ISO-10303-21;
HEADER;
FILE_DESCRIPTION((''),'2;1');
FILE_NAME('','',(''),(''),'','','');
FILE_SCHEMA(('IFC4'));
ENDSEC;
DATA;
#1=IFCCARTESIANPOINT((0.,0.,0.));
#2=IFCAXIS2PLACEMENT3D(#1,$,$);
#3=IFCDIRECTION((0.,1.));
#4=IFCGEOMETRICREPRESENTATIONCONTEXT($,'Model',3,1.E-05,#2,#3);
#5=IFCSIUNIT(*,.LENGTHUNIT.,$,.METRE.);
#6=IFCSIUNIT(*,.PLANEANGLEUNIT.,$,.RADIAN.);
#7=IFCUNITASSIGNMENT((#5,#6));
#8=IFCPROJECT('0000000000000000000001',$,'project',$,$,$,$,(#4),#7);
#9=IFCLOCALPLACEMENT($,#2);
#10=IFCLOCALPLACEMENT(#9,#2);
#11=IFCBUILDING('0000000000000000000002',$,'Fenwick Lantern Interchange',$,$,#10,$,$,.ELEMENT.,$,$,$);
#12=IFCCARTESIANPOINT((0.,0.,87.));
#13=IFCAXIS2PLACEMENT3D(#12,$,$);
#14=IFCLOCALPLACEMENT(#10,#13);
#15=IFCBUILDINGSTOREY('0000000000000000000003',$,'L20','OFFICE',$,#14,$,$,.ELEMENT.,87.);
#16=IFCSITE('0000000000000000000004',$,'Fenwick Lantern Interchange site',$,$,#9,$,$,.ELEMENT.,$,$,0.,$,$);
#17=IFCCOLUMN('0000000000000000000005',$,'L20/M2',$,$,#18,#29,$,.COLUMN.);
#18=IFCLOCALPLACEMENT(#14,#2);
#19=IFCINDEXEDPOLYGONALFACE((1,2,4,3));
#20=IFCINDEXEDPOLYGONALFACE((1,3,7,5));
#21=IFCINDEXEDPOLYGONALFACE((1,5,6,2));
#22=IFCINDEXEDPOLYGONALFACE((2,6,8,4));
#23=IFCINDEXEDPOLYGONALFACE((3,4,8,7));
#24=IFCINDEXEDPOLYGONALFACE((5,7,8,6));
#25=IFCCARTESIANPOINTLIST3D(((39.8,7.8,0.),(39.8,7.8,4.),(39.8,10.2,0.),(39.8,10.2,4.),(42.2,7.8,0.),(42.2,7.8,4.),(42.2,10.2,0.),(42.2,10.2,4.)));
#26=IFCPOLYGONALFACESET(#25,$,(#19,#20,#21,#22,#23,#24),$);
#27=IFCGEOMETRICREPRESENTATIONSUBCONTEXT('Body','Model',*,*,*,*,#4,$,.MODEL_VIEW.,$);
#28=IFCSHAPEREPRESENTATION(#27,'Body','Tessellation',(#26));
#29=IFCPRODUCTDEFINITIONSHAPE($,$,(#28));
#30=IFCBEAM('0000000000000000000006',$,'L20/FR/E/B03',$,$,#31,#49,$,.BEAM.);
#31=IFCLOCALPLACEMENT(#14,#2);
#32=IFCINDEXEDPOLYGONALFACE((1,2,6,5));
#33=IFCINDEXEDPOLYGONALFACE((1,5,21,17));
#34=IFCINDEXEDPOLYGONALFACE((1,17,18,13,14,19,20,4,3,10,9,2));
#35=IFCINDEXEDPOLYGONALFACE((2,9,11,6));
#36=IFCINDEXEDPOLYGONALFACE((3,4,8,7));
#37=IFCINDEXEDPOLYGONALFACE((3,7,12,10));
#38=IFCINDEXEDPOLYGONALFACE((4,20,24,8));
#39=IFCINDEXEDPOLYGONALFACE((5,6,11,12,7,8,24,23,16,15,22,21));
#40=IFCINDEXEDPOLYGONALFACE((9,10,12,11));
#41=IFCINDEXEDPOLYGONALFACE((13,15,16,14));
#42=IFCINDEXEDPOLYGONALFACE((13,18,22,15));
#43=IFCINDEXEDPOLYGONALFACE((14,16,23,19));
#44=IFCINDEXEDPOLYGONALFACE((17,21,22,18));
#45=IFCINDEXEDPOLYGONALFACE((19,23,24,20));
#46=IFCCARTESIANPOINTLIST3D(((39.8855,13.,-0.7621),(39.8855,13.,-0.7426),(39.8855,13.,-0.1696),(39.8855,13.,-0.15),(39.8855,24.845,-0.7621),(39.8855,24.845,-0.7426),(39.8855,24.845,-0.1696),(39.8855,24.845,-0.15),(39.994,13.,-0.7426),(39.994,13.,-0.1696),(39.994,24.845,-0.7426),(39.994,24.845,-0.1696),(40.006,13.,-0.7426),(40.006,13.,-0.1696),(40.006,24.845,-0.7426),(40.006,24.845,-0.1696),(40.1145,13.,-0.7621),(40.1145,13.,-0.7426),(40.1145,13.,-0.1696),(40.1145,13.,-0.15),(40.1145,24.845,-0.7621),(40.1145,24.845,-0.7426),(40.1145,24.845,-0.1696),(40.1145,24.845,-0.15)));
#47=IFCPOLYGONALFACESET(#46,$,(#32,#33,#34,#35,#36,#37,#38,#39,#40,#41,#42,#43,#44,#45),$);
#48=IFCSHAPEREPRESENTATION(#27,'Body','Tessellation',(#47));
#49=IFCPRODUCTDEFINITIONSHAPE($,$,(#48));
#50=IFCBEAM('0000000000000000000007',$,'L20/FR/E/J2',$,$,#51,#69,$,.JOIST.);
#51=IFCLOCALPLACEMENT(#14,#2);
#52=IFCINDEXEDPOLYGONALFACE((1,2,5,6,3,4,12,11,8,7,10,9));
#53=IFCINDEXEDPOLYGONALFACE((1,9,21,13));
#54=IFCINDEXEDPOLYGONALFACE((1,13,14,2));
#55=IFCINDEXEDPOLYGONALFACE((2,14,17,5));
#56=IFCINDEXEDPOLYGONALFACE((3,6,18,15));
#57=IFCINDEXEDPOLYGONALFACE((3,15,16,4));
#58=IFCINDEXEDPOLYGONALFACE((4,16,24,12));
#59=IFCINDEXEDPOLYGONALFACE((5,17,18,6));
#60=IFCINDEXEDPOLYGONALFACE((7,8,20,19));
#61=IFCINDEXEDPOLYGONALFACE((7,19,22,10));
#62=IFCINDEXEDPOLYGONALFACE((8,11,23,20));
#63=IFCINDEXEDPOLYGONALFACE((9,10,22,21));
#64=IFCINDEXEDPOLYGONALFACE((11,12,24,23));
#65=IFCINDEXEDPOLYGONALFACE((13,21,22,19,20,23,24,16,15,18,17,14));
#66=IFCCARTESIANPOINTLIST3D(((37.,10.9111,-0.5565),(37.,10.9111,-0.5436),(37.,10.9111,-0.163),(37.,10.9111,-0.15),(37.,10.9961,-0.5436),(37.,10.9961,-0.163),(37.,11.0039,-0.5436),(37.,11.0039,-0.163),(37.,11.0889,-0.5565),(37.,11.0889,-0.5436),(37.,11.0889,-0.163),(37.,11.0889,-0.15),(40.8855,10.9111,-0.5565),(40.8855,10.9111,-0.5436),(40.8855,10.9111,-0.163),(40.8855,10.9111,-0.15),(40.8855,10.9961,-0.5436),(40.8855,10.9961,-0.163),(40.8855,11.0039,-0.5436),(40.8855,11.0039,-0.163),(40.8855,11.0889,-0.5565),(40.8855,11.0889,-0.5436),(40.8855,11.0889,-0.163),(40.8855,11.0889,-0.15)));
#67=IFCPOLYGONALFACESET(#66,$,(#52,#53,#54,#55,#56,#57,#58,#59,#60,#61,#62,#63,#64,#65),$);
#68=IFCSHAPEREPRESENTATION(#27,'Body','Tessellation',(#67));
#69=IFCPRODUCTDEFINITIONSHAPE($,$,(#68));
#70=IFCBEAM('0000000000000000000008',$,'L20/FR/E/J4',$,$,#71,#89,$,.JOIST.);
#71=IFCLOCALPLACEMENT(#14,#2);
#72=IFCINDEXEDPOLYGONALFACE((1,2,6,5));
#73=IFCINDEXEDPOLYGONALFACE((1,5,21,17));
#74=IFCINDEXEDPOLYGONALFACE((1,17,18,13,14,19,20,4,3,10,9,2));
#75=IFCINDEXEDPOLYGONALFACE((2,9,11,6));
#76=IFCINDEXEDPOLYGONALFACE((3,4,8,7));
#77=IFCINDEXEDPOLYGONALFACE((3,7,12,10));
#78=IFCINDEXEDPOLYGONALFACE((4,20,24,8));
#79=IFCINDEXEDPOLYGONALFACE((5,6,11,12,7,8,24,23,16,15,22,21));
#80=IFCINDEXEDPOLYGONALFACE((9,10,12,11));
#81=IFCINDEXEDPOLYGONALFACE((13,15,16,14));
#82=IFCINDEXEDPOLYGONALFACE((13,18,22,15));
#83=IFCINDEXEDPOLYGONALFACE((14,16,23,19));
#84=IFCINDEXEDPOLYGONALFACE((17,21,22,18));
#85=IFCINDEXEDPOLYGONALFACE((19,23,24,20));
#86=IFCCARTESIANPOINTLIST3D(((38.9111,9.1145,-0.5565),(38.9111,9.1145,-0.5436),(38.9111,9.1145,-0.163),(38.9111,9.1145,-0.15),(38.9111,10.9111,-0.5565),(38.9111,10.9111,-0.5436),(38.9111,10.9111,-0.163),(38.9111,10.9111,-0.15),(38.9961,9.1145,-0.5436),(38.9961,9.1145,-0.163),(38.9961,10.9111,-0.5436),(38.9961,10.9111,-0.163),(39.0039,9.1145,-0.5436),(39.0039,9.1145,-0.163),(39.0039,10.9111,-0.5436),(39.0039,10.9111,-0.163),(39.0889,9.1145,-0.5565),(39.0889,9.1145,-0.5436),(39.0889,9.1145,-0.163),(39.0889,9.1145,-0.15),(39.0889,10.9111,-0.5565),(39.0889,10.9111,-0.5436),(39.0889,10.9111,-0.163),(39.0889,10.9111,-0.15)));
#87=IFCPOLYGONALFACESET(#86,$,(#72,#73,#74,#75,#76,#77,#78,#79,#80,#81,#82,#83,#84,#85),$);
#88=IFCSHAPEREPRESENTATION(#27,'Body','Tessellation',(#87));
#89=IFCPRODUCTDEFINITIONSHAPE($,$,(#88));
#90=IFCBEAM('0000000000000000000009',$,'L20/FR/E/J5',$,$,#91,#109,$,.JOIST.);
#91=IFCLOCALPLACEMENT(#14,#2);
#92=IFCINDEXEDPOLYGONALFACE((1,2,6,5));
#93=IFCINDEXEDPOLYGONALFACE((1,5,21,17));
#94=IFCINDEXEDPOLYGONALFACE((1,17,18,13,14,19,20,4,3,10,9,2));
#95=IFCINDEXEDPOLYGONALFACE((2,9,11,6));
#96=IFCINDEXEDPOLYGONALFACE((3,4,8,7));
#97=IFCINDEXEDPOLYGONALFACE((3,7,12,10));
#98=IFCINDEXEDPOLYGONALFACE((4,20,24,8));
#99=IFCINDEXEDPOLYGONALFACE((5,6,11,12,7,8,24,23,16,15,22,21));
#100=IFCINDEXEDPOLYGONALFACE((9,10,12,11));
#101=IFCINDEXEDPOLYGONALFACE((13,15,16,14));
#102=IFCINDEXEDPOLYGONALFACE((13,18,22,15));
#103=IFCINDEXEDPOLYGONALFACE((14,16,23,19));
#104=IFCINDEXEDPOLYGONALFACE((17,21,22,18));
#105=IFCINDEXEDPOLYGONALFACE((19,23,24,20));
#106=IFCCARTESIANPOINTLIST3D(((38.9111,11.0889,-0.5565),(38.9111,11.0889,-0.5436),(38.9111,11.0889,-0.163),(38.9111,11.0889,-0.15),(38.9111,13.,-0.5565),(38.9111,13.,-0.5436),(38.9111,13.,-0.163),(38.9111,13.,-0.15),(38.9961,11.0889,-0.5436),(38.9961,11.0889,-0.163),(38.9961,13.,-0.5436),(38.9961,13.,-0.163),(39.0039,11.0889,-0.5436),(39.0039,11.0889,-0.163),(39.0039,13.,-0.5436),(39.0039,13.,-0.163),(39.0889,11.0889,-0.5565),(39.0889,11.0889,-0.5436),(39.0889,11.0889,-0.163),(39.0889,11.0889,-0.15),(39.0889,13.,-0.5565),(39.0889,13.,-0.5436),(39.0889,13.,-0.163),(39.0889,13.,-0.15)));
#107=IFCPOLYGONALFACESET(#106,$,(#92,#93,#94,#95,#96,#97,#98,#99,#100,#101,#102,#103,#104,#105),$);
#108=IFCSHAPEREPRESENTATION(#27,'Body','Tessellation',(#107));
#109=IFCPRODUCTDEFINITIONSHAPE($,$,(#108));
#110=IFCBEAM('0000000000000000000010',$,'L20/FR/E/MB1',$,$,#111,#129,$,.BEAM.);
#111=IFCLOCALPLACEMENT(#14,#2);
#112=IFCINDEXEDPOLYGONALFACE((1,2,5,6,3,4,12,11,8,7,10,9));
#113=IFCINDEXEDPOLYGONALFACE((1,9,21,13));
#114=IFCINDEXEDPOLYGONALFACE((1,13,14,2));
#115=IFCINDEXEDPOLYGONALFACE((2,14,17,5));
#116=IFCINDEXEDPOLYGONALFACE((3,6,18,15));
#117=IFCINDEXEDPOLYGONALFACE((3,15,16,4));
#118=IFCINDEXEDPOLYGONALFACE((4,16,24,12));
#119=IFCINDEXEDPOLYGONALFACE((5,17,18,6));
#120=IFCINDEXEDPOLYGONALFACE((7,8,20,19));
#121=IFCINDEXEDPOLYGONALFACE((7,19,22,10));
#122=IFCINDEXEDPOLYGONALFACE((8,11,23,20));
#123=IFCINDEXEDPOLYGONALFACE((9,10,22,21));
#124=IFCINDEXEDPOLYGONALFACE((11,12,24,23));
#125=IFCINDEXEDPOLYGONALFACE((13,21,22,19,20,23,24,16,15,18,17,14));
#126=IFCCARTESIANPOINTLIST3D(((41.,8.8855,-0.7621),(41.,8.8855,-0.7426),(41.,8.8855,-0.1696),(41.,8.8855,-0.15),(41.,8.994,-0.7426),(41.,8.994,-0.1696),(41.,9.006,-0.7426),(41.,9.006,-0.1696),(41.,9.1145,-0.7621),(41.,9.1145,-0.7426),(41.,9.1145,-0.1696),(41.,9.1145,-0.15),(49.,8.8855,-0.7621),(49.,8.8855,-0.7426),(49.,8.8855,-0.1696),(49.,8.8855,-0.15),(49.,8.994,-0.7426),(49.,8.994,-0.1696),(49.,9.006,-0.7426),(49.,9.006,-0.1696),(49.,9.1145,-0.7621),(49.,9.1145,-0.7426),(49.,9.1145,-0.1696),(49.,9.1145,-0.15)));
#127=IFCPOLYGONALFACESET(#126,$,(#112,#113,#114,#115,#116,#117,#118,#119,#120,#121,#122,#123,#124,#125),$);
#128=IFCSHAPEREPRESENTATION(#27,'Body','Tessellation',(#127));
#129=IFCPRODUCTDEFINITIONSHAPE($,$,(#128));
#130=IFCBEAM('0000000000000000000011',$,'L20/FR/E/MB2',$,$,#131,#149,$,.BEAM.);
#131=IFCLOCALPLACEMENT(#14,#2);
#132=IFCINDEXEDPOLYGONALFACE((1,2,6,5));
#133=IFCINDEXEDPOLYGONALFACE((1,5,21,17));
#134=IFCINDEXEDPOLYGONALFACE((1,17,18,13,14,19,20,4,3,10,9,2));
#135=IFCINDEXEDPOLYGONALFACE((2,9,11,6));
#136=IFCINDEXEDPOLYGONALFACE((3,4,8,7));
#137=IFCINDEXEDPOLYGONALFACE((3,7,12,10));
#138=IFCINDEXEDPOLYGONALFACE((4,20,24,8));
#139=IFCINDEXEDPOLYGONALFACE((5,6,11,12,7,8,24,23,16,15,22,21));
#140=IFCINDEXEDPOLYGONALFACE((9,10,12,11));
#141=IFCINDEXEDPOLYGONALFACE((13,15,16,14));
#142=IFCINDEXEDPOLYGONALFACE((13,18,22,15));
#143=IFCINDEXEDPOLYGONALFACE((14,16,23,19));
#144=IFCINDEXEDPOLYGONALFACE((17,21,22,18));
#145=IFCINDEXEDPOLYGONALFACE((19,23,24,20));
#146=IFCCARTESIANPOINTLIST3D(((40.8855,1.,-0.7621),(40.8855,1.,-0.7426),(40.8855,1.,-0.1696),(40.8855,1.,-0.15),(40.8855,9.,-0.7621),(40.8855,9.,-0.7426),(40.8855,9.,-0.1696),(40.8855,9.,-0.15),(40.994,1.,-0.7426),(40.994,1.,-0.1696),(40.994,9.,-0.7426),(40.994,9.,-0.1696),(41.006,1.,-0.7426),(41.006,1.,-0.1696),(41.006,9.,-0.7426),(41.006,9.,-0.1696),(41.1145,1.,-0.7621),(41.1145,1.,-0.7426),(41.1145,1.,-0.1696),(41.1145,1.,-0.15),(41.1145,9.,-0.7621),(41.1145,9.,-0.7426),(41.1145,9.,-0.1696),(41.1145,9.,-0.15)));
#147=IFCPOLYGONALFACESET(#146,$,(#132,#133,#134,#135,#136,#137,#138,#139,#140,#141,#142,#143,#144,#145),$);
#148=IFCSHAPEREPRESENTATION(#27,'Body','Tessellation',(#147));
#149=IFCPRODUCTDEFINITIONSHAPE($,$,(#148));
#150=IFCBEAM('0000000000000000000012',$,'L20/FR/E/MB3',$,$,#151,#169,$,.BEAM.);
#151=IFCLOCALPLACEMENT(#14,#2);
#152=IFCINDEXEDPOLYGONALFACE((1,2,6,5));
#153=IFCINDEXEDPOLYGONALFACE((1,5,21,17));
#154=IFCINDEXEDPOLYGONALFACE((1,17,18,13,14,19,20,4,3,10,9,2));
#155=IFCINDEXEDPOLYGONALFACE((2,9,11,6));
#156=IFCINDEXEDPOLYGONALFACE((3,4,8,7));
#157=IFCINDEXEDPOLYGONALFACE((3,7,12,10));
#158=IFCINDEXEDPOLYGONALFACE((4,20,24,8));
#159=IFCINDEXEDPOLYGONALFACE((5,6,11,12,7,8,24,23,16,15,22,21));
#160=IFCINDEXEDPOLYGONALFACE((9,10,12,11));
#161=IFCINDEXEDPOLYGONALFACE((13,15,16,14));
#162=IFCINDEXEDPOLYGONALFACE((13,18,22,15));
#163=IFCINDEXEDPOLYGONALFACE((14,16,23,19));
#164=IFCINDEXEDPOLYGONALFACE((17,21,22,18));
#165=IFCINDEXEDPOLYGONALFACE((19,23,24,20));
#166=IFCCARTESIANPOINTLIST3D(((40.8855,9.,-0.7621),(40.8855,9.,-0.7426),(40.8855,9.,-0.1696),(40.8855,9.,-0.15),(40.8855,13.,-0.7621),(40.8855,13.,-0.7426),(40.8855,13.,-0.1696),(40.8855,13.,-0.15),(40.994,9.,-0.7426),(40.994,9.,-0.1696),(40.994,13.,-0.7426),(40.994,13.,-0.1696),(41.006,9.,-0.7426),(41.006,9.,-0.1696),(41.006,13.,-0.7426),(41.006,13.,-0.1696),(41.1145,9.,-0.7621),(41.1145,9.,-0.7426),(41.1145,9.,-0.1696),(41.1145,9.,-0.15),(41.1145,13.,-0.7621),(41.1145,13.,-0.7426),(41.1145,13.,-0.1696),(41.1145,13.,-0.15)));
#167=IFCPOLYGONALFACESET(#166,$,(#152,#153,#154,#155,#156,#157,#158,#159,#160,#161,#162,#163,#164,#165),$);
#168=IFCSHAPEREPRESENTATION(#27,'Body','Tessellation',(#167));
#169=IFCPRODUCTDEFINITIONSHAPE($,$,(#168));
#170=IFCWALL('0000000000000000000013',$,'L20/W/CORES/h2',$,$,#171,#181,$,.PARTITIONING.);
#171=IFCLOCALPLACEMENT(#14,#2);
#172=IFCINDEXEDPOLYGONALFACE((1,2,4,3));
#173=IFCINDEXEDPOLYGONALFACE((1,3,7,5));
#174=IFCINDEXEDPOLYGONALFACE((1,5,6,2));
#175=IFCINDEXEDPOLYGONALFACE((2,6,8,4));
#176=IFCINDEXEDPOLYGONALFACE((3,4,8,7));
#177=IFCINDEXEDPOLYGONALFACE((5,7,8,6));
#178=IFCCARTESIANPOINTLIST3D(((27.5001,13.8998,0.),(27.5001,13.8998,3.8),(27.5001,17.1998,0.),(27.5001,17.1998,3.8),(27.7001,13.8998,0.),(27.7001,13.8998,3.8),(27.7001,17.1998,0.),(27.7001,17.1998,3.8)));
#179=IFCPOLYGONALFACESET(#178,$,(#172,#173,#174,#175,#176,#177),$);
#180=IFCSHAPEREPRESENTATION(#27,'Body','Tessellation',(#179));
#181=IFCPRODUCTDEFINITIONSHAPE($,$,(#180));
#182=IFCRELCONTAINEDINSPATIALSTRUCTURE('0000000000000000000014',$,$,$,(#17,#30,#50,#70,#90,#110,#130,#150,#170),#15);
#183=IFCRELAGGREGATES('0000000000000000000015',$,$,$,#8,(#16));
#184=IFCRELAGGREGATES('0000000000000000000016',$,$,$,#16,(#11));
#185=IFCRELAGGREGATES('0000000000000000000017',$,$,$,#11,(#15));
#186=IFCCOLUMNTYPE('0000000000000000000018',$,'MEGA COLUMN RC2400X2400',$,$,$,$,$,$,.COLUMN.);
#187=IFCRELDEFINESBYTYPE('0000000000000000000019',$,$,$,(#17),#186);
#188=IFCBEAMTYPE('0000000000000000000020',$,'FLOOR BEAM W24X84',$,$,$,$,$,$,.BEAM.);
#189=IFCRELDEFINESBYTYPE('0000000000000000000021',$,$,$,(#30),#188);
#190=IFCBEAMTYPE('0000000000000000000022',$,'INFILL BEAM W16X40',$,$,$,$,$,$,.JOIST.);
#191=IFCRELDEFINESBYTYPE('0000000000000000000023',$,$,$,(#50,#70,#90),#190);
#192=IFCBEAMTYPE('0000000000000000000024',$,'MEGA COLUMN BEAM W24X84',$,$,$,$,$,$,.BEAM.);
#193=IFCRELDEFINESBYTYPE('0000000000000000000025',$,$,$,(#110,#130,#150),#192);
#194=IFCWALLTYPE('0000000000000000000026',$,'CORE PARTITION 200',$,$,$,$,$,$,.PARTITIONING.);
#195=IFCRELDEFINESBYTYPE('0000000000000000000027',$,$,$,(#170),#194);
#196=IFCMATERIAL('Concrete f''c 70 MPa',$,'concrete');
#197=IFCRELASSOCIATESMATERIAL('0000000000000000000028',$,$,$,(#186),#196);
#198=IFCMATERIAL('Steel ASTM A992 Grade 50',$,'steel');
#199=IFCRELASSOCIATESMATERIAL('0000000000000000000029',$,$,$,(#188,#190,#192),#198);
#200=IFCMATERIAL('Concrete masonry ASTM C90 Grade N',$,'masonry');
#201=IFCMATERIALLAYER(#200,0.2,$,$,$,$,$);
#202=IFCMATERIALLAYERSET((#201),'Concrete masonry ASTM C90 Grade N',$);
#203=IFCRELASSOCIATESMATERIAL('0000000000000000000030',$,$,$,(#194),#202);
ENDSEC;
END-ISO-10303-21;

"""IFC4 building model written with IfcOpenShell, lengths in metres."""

from ifc_helpers import new_model, si_unit, direction, frame, frame_2d, origin, origin_2d, place, context, subcontext, project, spatial, rectangle, i_section, extrude, material, layer, layer_set, material_profile, profile_set, type_object, element, save


model = new_model("IFC4")

# Units and contexts
model_context = context("Model", 3, precision=1e-05, world=origin(), true_north=direction((0.0, 1.0)))
body_context = subcontext(model_context, "Body", "Model", "MODEL_VIEW")
ifc_project = project(units=[si_unit("LENGTHUNIT", "METRE"), si_unit("PLANEANGLEUNIT", "RADIAN")], contexts=[model_context])

# Site, building, storey
site_placement = place(None, origin())
site = spatial("IfcSite", under=ifc_project, at=site_placement, Name="Fenwick Lantern Interchange site", CompositionType="ELEMENT", RefElevation=0.0)
building_placement = place(site_placement, origin())
building = spatial("IfcBuilding", under=site, at=building_placement, Name="Fenwick Lantern Interchange", CompositionType="ELEMENT")
storey_placement = place(building_placement, frame((0.0, 0.0, 87.0)))
storey = spatial("IfcBuildingStorey", under=building, at=storey_placement, Name="L20", Description="OFFICE", CompositionType="ELEMENT", Elevation=87.0)

# Column
ifc_material_1 = material(Name="Concrete f'c 70 MPa", Category="concrete")
ifc_material_profile_1 = material_profile(ifc_material_1, rectangle(XDim=2.3999, YDim=2.3999, at=origin_2d()), Name="RC2400X2400")
ifc_profile_set_1 = profile_set([ifc_material_profile_1], Name="Concrete f'c 70 MPa")
column_type = type_object("IfcColumnType", Name="MEGA COLUMN RC2400X2400", PredefinedType="COLUMN", material=ifc_profile_set_1)
column_placement = place(storey_placement, frame((41.0, 9.0, 0.0), z_axis=(0.0, 0.0, 1.0), x_axis=(1.0, 0.0, 0.0)))
element("IfcColumn", 1, at=column_placement, inside=storey, type_object=column_type, Name="L20/M2", PredefinedType="COLUMN", context=body_context, shape_type="SweptSolid", body=[
    extrude(rectangle(XDim=2.3999, YDim=2.3999, at=origin_2d()), origin(), (0.0, 0.0, 1.0), 4.0),
])

# Beams
ifc_material_2 = material(Name="Steel ASTM A992 Grade 50", Category="steel")
ifc_material_profile_2 = material_profile(ifc_material_2, i_section(OverallWidth=0.229, OverallDepth=0.6121, WebThickness=0.012, FlangeThickness=0.0195, at=origin_2d()), Name="W24X84")
ifc_profile_set_2 = profile_set([ifc_material_profile_2], Name="Steel ASTM A992 Grade 50")
beam_type_1 = type_object("IfcBeamType", Name="FLOOR BEAM W24X84", PredefinedType="BEAM", material=ifc_profile_set_2)
beam_1_placement = place(storey_placement, frame((40.0, 13.0, -0.4561), z_axis=(0.0, 1.0, 0.0), x_axis=(-1.0, 0.0, 0.0)))
element("IfcBeam", 2, at=beam_1_placement, inside=storey, type_object=beam_type_1, Name="L20/FR/E/B03", PredefinedType="BEAM", context=body_context, shape_type="SweptSolid", body=[
    extrude(i_section(OverallWidth=0.229, OverallDepth=0.6121, WebThickness=0.012, FlangeThickness=0.0195, at=origin_2d()), origin(), (0.0, 0.0, 1.0), 11.845),
])
ifc_material_profile_3 = material_profile(ifc_material_2, i_section(OverallWidth=0.1777, OverallDepth=0.4065, WebThickness=0.0078, FlangeThickness=0.0129, at=origin_2d()), Name="W16X40")
ifc_profile_set_3 = profile_set([ifc_material_profile_3], Name="Steel ASTM A992 Grade 50")
beam_type_2 = type_object("IfcBeamType", Name="INFILL BEAM W16X40", PredefinedType="JOIST", material=ifc_profile_set_3)
beam_2_placement = place(storey_placement, frame((40.8855, 11.0, -0.3533), z_axis=(-1.0, 0.0, 0.0), x_axis=(0.0, -1.0, 0.0)))
element("IfcBeam", 3, at=beam_2_placement, inside=storey, type_object=beam_type_2, Name="L20/FR/E/J2", PredefinedType="JOIST", context=body_context, shape_type="SweptSolid", body=[
    extrude(i_section(OverallWidth=0.1777, OverallDepth=0.4065, WebThickness=0.0078, FlangeThickness=0.0129, at=origin_2d()), origin(), (0.0, 0.0, 1.0), 3.8855),
])
beam_3_placement = place(storey_placement, frame((39.0, 9.1145, -0.3533), z_axis=(0.0, 1.0, 0.0), x_axis=(-1.0, 0.0, 0.0)))
element("IfcBeam", 4, at=beam_3_placement, inside=storey, type_object=beam_type_2, Name="L20/FR/E/J4", PredefinedType="JOIST", context=body_context, shape_type="SweptSolid", body=[
    extrude(i_section(OverallWidth=0.1777, OverallDepth=0.4065, WebThickness=0.0078, FlangeThickness=0.0129, at=origin_2d()), origin(), (0.0, 0.0, 1.0), 1.7966),
])
beam_4_placement = place(storey_placement, frame((39.0, 11.0889, -0.3533), z_axis=(0.0, 1.0, 0.0), x_axis=(-1.0, 0.0, 0.0)))
element("IfcBeam", 5, at=beam_4_placement, inside=storey, type_object=beam_type_2, Name="L20/FR/E/J5", PredefinedType="JOIST", context=body_context, shape_type="SweptSolid", body=[
    extrude(i_section(OverallWidth=0.1777, OverallDepth=0.4065, WebThickness=0.0078, FlangeThickness=0.0129, at=origin_2d()), origin(), (0.0, 0.0, 1.0), 1.9111),
])
ifc_material_profile_4 = material_profile(ifc_material_2, i_section(OverallWidth=0.229, OverallDepth=0.6121, WebThickness=0.012, FlangeThickness=0.0195, at=origin_2d()), Name="W24X84")
ifc_profile_set_4 = profile_set([ifc_material_profile_4], Name="Steel ASTM A992 Grade 50")
beam_type_3 = type_object("IfcBeamType", Name="MEGA COLUMN BEAM W24X84", PredefinedType="BEAM", material=ifc_profile_set_4)
for number, where, z_axis, x_axis, name in (
    (6, (41.0, 9.0, -0.4561), (1.0, 0.0, 0.0), (0.0, 1.0, 0.0), "L20/FR/E/MB1"),
    (7, (41.0, 9.0, -0.4561), (0.0, -1.0, 0.0), (1.0, 0.0, 0.0), "L20/FR/E/MB2"),
):
    element("IfcBeam", number, at=place(storey_placement, frame(where, z_axis=z_axis, x_axis=x_axis)), inside=storey, type_object=beam_type_3, Name=name, PredefinedType="BEAM", context=body_context, shape_type="SweptSolid", body=[
        extrude(i_section(OverallWidth=0.229, OverallDepth=0.6121, WebThickness=0.012, FlangeThickness=0.0195, at=origin_2d()), origin(), (0.0, 0.0, 1.0), 8.0),
    ])
beam_5_placement = place(storey_placement, frame((41.0, 9.0, -0.4561), z_axis=(0.0, 1.0, 0.0), x_axis=(-1.0, 0.0, 0.0)))
element("IfcBeam", 8, at=beam_5_placement, inside=storey, type_object=beam_type_3, Name="L20/FR/E/MB3", PredefinedType="BEAM", context=body_context, shape_type="SweptSolid", body=[
    extrude(i_section(OverallWidth=0.229, OverallDepth=0.6121, WebThickness=0.012, FlangeThickness=0.0195, at=origin_2d()), origin(), (0.0, 0.0, 1.0), 4.0),
])

# Wall
ifc_material_3 = material(Name="Concrete masonry ASTM C90 Grade N", Category="masonry")
ifc_layer_1 = layer(ifc_material_3, 0.2)
ifc_layer_set_1 = layer_set([ifc_layer_1], Name="Concrete masonry ASTM C90 Grade N")
wall_type_1 = type_object("IfcWallType", Name="CORE PARTITION 200", PredefinedType="PARTITIONING", material=ifc_layer_set_1)
wall_1_placement = place(storey_placement, frame((27.6001, 13.8999, 0.0), z_axis=(0.0, 0.0, 1.0), x_axis=(0.0, 1.0, 0.0)))
element("IfcWall", 9, at=wall_1_placement, inside=storey, type_object=wall_type_1, Name="L20/W/CORES/h2", PredefinedType="PARTITIONING", context=body_context, shape_type="SweptSolid", body=[
    extrude(rectangle(XDim=3.3, YDim=0.2, at=frame_2d((1.6499, 0.0))), origin(), (0.0, 0.0, 1.0), 3.8),
])

save(model, "model.ifc")
